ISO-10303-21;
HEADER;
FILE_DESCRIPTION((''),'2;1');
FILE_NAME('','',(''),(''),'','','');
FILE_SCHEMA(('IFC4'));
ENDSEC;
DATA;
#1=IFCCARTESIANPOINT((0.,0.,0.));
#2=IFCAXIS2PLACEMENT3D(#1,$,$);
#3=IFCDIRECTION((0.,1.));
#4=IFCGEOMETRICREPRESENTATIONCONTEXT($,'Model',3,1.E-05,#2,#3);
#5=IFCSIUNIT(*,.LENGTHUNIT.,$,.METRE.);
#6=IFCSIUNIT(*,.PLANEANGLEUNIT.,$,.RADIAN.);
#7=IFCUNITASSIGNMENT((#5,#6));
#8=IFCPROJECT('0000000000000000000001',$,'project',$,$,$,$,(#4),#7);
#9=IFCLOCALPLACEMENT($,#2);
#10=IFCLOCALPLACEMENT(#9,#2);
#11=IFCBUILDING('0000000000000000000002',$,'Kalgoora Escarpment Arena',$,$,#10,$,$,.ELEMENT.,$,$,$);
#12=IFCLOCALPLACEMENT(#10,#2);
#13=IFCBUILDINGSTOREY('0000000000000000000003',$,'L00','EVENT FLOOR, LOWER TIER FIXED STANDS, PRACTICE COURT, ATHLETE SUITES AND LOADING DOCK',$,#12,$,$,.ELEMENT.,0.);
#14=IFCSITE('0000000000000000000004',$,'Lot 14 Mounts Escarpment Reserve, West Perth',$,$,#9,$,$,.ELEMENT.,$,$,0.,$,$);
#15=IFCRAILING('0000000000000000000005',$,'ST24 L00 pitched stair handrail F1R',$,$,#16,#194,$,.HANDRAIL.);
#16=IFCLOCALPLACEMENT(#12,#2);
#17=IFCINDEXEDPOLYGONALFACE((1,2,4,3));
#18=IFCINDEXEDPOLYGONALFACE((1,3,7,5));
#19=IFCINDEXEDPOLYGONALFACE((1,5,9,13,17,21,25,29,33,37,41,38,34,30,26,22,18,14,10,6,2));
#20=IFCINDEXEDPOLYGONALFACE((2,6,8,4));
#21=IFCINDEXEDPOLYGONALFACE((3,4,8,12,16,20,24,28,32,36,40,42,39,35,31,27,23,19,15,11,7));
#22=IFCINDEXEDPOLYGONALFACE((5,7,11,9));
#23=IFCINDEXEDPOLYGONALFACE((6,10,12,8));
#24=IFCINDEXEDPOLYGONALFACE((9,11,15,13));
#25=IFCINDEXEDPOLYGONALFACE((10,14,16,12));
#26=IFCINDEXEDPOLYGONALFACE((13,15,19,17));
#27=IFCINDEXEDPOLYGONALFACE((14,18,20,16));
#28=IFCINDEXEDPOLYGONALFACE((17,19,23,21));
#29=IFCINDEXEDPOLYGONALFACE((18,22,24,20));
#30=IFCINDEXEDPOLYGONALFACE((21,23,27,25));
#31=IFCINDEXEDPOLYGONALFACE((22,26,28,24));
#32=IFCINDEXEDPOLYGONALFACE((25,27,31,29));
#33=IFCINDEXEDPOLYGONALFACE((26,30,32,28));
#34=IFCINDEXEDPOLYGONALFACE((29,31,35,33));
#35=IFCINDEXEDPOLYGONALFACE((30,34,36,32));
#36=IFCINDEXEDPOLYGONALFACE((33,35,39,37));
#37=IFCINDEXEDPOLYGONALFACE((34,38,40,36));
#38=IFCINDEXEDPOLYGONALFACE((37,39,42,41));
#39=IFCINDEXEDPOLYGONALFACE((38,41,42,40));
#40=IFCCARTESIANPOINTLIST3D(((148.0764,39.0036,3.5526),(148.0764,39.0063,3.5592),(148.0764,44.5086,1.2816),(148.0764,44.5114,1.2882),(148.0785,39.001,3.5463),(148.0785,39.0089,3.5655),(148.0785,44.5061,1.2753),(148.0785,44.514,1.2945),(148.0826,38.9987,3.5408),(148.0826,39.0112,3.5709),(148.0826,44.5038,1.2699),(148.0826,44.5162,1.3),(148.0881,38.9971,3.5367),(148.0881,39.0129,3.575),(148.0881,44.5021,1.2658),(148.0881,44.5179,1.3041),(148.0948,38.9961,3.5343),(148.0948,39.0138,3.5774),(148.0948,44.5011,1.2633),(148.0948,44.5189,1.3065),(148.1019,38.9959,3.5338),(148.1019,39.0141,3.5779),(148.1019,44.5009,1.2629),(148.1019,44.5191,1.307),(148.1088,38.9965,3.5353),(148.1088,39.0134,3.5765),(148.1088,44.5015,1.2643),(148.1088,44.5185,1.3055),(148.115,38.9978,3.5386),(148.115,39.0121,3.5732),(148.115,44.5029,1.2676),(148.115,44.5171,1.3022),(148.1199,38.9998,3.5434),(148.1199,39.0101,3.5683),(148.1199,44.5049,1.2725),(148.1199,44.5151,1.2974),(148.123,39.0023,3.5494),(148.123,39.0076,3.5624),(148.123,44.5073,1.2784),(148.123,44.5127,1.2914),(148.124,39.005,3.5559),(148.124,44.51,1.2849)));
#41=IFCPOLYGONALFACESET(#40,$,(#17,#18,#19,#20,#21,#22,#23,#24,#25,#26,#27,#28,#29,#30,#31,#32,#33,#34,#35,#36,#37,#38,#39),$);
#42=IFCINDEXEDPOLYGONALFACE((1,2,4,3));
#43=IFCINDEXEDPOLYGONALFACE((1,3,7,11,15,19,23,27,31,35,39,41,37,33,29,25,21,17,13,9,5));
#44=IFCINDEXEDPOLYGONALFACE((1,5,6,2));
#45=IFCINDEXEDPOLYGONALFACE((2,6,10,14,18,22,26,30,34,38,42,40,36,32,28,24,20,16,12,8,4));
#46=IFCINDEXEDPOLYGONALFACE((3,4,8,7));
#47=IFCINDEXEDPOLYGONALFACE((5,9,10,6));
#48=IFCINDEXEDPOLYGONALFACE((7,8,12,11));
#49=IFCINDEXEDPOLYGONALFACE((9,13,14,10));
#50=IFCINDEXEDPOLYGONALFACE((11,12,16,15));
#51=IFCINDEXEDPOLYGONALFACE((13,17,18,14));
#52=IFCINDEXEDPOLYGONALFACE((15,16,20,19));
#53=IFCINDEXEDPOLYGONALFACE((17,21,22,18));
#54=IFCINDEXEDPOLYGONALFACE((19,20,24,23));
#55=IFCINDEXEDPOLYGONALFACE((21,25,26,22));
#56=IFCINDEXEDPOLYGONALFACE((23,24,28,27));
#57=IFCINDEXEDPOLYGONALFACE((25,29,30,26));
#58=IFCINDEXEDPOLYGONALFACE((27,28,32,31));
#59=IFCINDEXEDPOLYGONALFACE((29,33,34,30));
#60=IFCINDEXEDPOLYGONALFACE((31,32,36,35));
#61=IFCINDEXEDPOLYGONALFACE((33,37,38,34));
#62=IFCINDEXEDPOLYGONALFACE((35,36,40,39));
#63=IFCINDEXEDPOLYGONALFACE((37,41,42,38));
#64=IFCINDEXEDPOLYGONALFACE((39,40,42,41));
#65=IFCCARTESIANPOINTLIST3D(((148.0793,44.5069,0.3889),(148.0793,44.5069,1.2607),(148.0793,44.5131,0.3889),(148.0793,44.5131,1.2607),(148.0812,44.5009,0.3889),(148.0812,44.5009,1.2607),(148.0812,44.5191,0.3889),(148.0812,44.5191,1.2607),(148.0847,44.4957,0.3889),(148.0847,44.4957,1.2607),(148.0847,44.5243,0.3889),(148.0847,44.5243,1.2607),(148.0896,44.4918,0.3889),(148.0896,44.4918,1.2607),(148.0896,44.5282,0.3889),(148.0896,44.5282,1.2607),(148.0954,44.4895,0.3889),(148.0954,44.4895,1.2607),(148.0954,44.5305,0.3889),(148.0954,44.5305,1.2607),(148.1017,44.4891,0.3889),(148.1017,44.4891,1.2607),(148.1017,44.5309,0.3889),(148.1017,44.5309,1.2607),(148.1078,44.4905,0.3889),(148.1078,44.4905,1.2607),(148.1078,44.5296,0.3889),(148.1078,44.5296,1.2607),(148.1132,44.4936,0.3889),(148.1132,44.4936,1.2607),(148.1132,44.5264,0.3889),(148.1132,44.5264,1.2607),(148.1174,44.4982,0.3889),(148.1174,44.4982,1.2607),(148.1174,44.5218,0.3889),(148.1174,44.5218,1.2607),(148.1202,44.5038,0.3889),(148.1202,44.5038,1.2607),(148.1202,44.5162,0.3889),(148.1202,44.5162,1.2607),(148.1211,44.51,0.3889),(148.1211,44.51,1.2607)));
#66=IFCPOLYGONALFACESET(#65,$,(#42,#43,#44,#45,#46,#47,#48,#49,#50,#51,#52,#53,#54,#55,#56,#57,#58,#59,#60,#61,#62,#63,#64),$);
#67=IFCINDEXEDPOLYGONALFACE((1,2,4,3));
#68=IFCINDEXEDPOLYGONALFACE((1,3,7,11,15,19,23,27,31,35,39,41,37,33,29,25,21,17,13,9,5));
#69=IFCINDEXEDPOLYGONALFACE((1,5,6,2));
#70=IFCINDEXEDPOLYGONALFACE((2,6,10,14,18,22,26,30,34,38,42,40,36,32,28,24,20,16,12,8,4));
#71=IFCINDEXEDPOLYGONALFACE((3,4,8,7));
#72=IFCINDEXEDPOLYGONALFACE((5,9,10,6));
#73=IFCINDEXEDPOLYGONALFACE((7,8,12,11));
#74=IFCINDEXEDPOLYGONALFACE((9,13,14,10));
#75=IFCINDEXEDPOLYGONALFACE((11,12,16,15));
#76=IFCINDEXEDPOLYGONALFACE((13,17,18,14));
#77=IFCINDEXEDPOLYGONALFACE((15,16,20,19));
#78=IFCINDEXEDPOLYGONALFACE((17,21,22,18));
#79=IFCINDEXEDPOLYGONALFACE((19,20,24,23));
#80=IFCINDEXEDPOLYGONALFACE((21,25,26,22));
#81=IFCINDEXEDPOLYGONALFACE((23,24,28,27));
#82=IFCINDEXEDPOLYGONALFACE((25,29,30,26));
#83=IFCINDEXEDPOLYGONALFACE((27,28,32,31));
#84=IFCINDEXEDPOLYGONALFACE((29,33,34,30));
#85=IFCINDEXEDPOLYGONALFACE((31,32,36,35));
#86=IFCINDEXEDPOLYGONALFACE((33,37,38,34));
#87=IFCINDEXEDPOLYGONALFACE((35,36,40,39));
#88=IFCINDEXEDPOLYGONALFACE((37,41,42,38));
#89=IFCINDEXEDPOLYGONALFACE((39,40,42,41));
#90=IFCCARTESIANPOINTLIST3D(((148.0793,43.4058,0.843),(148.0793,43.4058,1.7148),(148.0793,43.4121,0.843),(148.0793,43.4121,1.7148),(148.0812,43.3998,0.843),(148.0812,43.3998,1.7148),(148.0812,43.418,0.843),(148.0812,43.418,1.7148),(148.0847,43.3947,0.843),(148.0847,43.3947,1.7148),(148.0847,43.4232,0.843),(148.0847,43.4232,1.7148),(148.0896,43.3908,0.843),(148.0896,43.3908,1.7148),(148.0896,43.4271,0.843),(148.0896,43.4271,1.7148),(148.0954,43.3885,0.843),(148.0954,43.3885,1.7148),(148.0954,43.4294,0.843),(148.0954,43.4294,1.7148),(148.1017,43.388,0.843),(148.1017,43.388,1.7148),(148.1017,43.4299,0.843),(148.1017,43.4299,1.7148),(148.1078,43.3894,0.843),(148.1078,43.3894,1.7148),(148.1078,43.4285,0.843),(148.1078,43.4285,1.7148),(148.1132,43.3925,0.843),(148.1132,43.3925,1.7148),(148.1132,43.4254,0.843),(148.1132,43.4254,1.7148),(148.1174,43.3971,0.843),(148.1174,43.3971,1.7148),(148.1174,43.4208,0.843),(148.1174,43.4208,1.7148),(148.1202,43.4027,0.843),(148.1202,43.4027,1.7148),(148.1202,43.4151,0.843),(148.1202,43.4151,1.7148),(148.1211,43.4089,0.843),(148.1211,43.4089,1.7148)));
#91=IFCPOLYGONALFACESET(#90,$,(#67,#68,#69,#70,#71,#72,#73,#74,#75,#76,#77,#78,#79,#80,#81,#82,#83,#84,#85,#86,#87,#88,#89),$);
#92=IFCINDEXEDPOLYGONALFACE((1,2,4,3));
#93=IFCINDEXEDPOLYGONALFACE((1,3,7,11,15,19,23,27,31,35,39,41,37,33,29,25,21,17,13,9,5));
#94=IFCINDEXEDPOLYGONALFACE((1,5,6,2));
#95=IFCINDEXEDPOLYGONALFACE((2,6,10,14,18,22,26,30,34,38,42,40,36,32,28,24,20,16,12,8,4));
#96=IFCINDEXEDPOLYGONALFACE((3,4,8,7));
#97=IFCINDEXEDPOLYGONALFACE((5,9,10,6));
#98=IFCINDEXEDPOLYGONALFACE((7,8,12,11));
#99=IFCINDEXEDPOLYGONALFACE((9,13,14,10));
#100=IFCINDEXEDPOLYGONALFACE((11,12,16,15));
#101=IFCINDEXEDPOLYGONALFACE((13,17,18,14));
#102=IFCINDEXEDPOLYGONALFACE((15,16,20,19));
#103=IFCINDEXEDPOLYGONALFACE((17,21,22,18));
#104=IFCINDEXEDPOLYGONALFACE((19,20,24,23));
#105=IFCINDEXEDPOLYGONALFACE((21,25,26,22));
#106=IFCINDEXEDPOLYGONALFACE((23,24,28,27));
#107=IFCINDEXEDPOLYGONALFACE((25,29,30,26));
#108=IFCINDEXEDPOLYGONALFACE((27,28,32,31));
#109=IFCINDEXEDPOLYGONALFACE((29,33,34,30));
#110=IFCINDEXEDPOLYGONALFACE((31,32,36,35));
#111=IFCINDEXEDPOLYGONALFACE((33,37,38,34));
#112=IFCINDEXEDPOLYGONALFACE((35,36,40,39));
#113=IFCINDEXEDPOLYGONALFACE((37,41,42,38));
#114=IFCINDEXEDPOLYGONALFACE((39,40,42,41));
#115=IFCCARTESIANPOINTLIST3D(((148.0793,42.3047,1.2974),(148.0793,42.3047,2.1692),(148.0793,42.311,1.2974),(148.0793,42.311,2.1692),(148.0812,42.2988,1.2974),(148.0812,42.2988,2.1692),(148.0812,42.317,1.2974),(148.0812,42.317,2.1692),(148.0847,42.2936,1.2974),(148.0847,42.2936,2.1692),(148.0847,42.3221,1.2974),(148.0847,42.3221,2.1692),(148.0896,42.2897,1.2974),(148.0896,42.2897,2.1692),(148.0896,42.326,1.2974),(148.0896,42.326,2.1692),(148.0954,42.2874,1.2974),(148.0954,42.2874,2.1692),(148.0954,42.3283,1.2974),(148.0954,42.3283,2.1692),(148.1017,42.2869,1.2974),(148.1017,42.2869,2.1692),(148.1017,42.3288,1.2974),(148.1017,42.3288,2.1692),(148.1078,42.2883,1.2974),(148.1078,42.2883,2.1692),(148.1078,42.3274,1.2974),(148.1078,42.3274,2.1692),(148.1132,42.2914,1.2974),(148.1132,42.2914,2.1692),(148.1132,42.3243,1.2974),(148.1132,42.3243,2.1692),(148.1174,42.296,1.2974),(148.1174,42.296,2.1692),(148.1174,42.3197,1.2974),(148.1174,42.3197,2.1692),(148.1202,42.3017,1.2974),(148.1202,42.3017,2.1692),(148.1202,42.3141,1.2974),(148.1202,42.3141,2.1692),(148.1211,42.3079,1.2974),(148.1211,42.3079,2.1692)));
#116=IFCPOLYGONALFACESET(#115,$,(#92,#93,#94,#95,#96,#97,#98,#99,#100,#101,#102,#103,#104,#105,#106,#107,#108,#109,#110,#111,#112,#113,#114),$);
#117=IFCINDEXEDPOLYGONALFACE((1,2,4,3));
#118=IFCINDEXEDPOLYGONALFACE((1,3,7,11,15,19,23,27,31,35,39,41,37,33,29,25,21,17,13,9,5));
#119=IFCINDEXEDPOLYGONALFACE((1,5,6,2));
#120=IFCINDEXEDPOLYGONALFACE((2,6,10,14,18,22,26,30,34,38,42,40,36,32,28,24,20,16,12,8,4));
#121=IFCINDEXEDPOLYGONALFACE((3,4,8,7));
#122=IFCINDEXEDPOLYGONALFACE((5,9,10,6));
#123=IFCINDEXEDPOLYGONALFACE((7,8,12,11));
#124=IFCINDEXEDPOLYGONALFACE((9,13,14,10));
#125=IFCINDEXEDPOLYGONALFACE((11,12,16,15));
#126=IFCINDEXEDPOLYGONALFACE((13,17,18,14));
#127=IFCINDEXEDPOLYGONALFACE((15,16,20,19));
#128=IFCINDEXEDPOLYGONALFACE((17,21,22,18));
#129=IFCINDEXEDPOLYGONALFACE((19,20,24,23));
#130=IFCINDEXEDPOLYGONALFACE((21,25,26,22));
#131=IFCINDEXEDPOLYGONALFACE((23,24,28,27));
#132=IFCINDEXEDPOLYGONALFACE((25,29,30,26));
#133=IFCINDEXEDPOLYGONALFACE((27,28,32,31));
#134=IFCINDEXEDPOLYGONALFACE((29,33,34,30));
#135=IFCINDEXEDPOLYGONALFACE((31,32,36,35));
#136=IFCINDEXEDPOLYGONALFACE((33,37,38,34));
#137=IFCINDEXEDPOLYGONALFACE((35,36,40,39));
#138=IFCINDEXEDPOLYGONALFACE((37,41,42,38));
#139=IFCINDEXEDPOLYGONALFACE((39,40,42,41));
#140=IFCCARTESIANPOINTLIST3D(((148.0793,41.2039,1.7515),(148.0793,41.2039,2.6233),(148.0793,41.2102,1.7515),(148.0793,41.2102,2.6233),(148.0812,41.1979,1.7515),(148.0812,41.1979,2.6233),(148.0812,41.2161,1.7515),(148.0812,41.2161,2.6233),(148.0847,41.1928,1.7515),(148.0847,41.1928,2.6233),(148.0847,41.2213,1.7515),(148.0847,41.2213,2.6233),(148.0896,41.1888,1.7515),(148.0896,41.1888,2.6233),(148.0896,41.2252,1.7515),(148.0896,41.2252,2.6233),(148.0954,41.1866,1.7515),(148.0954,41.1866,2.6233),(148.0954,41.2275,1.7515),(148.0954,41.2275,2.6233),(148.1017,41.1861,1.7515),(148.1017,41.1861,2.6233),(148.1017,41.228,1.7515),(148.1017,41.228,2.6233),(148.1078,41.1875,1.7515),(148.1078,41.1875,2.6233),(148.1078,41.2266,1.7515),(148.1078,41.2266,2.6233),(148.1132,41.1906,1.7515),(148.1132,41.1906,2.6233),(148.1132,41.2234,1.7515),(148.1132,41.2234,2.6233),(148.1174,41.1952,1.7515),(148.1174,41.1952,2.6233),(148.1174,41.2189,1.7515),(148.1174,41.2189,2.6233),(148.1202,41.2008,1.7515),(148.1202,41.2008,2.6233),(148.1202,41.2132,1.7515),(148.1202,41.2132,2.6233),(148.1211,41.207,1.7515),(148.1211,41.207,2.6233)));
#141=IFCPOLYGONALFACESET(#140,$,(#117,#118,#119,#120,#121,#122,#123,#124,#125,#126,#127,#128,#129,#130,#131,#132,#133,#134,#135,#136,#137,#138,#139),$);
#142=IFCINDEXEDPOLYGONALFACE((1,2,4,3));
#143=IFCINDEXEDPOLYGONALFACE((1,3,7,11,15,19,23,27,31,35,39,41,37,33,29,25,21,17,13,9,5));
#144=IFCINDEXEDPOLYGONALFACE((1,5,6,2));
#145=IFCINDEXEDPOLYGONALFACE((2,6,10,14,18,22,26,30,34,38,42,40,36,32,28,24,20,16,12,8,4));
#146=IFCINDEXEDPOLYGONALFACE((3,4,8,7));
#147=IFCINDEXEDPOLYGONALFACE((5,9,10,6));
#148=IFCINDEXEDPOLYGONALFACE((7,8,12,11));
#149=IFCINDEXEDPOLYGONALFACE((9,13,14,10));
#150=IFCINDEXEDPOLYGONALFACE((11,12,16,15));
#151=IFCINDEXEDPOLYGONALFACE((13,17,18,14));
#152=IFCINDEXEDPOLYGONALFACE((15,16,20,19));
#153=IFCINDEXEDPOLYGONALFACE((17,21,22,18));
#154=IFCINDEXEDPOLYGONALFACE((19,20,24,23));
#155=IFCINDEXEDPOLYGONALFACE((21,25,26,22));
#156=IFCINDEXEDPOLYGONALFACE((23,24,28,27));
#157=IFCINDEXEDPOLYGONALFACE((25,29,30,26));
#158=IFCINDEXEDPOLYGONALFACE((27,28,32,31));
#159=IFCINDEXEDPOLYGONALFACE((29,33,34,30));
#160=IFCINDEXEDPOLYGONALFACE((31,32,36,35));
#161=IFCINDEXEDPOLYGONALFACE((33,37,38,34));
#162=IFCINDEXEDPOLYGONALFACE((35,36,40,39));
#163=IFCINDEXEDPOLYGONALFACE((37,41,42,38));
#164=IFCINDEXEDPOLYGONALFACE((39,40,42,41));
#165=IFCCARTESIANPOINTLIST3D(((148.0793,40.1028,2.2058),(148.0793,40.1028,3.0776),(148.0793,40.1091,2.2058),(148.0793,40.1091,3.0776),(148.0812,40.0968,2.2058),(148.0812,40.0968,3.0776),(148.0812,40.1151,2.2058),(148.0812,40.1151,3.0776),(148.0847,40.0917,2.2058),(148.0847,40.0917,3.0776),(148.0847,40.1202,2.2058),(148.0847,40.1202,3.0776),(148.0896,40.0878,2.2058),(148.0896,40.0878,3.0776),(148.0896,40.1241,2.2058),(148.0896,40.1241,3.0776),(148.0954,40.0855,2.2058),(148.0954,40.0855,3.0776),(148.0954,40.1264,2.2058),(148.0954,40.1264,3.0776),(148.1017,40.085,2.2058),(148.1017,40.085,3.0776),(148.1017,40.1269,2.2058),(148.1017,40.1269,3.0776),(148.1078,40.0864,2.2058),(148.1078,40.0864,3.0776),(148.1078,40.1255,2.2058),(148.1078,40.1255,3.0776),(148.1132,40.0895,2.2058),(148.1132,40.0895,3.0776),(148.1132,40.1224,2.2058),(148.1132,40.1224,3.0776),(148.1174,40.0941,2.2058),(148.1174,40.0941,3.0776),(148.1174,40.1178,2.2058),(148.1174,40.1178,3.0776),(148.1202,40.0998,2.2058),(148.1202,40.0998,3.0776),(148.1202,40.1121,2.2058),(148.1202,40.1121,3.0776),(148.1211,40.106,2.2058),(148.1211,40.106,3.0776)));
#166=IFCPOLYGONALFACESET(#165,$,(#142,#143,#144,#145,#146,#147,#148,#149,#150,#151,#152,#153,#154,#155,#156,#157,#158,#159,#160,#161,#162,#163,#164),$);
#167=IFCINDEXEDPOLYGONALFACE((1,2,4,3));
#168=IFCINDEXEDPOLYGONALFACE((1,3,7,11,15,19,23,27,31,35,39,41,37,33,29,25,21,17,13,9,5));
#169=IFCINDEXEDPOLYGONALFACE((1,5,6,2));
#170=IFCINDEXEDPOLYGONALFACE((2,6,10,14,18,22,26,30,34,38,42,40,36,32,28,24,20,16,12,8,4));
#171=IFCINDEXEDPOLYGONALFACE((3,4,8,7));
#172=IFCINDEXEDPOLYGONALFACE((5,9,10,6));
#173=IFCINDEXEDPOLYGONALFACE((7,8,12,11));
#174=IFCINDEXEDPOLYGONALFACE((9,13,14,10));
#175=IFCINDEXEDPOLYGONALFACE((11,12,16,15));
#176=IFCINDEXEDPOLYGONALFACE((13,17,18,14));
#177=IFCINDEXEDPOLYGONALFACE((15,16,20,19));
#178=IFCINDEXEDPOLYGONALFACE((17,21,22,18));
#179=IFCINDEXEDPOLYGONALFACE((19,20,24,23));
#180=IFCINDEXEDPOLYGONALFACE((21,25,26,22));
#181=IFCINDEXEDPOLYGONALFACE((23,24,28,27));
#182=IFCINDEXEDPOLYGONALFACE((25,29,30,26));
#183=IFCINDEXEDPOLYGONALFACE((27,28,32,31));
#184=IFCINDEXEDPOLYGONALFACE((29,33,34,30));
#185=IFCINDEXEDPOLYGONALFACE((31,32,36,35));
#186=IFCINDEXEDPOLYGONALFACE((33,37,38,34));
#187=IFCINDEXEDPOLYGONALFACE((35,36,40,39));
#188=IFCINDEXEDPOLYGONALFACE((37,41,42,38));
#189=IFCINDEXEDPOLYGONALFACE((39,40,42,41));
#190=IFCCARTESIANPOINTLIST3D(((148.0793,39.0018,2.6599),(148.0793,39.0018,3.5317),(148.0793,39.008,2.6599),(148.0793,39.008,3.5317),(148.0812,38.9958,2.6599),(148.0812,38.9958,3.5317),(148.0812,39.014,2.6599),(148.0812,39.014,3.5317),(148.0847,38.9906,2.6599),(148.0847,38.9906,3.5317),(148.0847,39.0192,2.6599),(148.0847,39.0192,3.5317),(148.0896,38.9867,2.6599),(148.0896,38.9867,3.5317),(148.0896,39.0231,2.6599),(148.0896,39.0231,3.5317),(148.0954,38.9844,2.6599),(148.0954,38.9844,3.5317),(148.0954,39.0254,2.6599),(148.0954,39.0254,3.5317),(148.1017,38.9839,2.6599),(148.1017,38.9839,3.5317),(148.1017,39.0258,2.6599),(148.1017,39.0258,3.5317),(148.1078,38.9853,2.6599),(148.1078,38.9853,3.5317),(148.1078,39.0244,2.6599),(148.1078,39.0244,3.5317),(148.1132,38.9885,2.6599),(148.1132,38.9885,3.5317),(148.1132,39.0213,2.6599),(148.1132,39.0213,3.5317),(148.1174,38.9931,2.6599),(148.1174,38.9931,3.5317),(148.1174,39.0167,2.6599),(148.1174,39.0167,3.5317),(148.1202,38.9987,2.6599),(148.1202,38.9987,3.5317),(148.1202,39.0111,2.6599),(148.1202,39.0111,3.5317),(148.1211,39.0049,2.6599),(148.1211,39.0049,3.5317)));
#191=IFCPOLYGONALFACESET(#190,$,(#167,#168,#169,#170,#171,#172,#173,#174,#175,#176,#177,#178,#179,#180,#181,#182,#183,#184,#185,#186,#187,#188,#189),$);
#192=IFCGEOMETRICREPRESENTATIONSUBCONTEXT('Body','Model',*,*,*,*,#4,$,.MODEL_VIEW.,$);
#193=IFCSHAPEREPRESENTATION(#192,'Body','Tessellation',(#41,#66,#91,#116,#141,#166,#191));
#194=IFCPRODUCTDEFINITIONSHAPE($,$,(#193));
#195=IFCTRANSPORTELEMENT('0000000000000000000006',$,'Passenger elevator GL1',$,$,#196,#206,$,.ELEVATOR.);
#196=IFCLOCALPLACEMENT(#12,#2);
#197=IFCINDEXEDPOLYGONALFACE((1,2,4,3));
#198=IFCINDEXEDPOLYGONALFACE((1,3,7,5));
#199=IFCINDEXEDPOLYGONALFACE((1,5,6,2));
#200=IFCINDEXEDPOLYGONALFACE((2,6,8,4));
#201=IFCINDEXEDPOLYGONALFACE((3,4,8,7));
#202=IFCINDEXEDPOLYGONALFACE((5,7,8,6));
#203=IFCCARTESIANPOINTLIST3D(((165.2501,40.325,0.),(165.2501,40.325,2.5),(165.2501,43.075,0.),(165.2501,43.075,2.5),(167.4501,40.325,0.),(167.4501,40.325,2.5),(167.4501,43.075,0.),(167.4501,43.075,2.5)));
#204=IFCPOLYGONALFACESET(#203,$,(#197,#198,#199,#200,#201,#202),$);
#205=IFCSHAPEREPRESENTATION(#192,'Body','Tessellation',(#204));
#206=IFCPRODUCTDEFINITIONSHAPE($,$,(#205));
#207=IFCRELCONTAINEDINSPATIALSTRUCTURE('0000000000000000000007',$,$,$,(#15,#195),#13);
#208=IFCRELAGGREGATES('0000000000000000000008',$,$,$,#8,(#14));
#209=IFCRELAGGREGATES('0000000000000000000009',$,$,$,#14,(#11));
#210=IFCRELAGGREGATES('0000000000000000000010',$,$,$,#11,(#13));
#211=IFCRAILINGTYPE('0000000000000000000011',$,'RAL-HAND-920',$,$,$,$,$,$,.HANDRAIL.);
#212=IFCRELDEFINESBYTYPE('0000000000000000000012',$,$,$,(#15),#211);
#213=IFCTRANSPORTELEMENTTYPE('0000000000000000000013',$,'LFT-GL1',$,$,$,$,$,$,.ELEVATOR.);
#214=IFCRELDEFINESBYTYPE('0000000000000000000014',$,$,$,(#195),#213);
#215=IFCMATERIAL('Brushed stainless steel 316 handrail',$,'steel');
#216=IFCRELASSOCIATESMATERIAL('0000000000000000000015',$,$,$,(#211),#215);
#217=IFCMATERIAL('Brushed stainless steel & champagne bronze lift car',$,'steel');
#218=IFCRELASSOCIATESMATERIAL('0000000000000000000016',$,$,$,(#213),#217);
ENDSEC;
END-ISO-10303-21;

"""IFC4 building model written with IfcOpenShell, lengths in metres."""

from ifc_helpers import new_model, si_unit, direction, frame, origin, origin_2d, place, context, subcontext, project, spatial, rectangle, circle, extrude, material, type_object, element, save


model = new_model("IFC4")

# Units and contexts
model_context = context("Model", 3, precision=1e-05, world=origin(), true_north=direction((0.0, 1.0)))
body_context = subcontext(model_context, "Body", "Model", "MODEL_VIEW")
ifc_project = project(units=[si_unit("LENGTHUNIT", "METRE"), si_unit("PLANEANGLEUNIT", "RADIAN")], contexts=[model_context])

# Site, building, storey
site_placement = place(None, origin())
site = spatial("IfcSite", under=ifc_project, at=site_placement, Name="Lot 14 Mounts Escarpment Reserve, West Perth", CompositionType="ELEMENT", RefElevation=0.0)
building_placement = place(site_placement, origin())
building = spatial("IfcBuilding", under=site, at=building_placement, Name="Kalgoora Escarpment Arena", CompositionType="ELEMENT")
storey_placement = place(building_placement, origin())
storey = spatial("IfcBuildingStorey", under=building, at=storey_placement, Name="L00", Description="EVENT FLOOR, LOWER TIER FIXED STANDS, PRACTICE COURT, ATHLETE SUITES AND LOADING DOCK", CompositionType="ELEMENT", Elevation=0.0)

# Railing
ifc_material_1 = material(Name="Brushed stainless steel 316 handrail", Category="steel")
railing_type_1 = type_object("IfcRailingType", Name="RAL-HAND-920", PredefinedType="HANDRAIL", material=ifc_material_1)
for number, where, name in (
    (1, (148.1001, 44.51, 0.3889), "ST24 L00 pitched stair handrail F1R"),
):
    element("IfcRailing", number, at=place(storey_placement, frame(where)), inside=storey, type_object=railing_type_1, Name=name, PredefinedType="HANDRAIL", context=body_context, shape_type="SweptSolid", body=[
        extrude(circle(Radius=0.0239, at=origin_2d()), frame((0.0, 0.0, 0.896), z_axis=(0.0, -0.924431, 0.38135), x_axis=(1.0, 0.0, 0.0)), (0.0, 0.0, 1.0), 5.9551),
        extrude(circle(Radius=0.021, at=origin_2d()), origin(), (0.0, 0.0, 1.0), 0.8718),
        extrude(circle(Radius=0.021, at=origin_2d()), frame((0.0, -1.1011, 0.4541)), (0.0, 0.0, 1.0), 0.8718),
        extrude(circle(Radius=0.021, at=origin_2d()), frame((0.0, -2.2021, 0.9084)), (0.0, 0.0, 1.0), 0.8718),
        extrude(circle(Radius=0.021, at=origin_2d()), frame((0.0, -3.303, 1.3625)), (0.0, 0.0, 1.0), 0.8718),
        extrude(circle(Radius=0.021, at=origin_2d()), frame((0.0, -4.4041, 1.8169)), (0.0, 0.0, 1.0), 0.8718),
        extrude(circle(Radius=0.021, at=origin_2d()), frame((0.0, -5.5051, 2.271)), (0.0, 0.0, 1.0), 0.8718),
    ])

# Transport element
ifc_material_2 = material(Name="Brushed stainless steel & champagne bronze lift car", Category="steel")
transport_element_type = type_object("IfcTransportElementType", Name="LFT-GL1", PredefinedType="ELEVATOR", material=ifc_material_2)
transport_element_placement = place(storey_placement, frame((166.3501, 41.7, 0.0), z_axis=(0.0, 0.0, 1.0), x_axis=(1.0, 0.0, 0.0)))
element("IfcTransportElement", 2, at=transport_element_placement, inside=storey, type_object=transport_element_type, Name="Passenger elevator GL1", PredefinedType="ELEVATOR", context=body_context, shape_type="SweptSolid", body=[
    extrude(rectangle(XDim=2.2, YDim=2.75, at=origin_2d()), origin(), (0.0, 0.0, 1.0), 2.5),
])

save(model, "model.ifc")
